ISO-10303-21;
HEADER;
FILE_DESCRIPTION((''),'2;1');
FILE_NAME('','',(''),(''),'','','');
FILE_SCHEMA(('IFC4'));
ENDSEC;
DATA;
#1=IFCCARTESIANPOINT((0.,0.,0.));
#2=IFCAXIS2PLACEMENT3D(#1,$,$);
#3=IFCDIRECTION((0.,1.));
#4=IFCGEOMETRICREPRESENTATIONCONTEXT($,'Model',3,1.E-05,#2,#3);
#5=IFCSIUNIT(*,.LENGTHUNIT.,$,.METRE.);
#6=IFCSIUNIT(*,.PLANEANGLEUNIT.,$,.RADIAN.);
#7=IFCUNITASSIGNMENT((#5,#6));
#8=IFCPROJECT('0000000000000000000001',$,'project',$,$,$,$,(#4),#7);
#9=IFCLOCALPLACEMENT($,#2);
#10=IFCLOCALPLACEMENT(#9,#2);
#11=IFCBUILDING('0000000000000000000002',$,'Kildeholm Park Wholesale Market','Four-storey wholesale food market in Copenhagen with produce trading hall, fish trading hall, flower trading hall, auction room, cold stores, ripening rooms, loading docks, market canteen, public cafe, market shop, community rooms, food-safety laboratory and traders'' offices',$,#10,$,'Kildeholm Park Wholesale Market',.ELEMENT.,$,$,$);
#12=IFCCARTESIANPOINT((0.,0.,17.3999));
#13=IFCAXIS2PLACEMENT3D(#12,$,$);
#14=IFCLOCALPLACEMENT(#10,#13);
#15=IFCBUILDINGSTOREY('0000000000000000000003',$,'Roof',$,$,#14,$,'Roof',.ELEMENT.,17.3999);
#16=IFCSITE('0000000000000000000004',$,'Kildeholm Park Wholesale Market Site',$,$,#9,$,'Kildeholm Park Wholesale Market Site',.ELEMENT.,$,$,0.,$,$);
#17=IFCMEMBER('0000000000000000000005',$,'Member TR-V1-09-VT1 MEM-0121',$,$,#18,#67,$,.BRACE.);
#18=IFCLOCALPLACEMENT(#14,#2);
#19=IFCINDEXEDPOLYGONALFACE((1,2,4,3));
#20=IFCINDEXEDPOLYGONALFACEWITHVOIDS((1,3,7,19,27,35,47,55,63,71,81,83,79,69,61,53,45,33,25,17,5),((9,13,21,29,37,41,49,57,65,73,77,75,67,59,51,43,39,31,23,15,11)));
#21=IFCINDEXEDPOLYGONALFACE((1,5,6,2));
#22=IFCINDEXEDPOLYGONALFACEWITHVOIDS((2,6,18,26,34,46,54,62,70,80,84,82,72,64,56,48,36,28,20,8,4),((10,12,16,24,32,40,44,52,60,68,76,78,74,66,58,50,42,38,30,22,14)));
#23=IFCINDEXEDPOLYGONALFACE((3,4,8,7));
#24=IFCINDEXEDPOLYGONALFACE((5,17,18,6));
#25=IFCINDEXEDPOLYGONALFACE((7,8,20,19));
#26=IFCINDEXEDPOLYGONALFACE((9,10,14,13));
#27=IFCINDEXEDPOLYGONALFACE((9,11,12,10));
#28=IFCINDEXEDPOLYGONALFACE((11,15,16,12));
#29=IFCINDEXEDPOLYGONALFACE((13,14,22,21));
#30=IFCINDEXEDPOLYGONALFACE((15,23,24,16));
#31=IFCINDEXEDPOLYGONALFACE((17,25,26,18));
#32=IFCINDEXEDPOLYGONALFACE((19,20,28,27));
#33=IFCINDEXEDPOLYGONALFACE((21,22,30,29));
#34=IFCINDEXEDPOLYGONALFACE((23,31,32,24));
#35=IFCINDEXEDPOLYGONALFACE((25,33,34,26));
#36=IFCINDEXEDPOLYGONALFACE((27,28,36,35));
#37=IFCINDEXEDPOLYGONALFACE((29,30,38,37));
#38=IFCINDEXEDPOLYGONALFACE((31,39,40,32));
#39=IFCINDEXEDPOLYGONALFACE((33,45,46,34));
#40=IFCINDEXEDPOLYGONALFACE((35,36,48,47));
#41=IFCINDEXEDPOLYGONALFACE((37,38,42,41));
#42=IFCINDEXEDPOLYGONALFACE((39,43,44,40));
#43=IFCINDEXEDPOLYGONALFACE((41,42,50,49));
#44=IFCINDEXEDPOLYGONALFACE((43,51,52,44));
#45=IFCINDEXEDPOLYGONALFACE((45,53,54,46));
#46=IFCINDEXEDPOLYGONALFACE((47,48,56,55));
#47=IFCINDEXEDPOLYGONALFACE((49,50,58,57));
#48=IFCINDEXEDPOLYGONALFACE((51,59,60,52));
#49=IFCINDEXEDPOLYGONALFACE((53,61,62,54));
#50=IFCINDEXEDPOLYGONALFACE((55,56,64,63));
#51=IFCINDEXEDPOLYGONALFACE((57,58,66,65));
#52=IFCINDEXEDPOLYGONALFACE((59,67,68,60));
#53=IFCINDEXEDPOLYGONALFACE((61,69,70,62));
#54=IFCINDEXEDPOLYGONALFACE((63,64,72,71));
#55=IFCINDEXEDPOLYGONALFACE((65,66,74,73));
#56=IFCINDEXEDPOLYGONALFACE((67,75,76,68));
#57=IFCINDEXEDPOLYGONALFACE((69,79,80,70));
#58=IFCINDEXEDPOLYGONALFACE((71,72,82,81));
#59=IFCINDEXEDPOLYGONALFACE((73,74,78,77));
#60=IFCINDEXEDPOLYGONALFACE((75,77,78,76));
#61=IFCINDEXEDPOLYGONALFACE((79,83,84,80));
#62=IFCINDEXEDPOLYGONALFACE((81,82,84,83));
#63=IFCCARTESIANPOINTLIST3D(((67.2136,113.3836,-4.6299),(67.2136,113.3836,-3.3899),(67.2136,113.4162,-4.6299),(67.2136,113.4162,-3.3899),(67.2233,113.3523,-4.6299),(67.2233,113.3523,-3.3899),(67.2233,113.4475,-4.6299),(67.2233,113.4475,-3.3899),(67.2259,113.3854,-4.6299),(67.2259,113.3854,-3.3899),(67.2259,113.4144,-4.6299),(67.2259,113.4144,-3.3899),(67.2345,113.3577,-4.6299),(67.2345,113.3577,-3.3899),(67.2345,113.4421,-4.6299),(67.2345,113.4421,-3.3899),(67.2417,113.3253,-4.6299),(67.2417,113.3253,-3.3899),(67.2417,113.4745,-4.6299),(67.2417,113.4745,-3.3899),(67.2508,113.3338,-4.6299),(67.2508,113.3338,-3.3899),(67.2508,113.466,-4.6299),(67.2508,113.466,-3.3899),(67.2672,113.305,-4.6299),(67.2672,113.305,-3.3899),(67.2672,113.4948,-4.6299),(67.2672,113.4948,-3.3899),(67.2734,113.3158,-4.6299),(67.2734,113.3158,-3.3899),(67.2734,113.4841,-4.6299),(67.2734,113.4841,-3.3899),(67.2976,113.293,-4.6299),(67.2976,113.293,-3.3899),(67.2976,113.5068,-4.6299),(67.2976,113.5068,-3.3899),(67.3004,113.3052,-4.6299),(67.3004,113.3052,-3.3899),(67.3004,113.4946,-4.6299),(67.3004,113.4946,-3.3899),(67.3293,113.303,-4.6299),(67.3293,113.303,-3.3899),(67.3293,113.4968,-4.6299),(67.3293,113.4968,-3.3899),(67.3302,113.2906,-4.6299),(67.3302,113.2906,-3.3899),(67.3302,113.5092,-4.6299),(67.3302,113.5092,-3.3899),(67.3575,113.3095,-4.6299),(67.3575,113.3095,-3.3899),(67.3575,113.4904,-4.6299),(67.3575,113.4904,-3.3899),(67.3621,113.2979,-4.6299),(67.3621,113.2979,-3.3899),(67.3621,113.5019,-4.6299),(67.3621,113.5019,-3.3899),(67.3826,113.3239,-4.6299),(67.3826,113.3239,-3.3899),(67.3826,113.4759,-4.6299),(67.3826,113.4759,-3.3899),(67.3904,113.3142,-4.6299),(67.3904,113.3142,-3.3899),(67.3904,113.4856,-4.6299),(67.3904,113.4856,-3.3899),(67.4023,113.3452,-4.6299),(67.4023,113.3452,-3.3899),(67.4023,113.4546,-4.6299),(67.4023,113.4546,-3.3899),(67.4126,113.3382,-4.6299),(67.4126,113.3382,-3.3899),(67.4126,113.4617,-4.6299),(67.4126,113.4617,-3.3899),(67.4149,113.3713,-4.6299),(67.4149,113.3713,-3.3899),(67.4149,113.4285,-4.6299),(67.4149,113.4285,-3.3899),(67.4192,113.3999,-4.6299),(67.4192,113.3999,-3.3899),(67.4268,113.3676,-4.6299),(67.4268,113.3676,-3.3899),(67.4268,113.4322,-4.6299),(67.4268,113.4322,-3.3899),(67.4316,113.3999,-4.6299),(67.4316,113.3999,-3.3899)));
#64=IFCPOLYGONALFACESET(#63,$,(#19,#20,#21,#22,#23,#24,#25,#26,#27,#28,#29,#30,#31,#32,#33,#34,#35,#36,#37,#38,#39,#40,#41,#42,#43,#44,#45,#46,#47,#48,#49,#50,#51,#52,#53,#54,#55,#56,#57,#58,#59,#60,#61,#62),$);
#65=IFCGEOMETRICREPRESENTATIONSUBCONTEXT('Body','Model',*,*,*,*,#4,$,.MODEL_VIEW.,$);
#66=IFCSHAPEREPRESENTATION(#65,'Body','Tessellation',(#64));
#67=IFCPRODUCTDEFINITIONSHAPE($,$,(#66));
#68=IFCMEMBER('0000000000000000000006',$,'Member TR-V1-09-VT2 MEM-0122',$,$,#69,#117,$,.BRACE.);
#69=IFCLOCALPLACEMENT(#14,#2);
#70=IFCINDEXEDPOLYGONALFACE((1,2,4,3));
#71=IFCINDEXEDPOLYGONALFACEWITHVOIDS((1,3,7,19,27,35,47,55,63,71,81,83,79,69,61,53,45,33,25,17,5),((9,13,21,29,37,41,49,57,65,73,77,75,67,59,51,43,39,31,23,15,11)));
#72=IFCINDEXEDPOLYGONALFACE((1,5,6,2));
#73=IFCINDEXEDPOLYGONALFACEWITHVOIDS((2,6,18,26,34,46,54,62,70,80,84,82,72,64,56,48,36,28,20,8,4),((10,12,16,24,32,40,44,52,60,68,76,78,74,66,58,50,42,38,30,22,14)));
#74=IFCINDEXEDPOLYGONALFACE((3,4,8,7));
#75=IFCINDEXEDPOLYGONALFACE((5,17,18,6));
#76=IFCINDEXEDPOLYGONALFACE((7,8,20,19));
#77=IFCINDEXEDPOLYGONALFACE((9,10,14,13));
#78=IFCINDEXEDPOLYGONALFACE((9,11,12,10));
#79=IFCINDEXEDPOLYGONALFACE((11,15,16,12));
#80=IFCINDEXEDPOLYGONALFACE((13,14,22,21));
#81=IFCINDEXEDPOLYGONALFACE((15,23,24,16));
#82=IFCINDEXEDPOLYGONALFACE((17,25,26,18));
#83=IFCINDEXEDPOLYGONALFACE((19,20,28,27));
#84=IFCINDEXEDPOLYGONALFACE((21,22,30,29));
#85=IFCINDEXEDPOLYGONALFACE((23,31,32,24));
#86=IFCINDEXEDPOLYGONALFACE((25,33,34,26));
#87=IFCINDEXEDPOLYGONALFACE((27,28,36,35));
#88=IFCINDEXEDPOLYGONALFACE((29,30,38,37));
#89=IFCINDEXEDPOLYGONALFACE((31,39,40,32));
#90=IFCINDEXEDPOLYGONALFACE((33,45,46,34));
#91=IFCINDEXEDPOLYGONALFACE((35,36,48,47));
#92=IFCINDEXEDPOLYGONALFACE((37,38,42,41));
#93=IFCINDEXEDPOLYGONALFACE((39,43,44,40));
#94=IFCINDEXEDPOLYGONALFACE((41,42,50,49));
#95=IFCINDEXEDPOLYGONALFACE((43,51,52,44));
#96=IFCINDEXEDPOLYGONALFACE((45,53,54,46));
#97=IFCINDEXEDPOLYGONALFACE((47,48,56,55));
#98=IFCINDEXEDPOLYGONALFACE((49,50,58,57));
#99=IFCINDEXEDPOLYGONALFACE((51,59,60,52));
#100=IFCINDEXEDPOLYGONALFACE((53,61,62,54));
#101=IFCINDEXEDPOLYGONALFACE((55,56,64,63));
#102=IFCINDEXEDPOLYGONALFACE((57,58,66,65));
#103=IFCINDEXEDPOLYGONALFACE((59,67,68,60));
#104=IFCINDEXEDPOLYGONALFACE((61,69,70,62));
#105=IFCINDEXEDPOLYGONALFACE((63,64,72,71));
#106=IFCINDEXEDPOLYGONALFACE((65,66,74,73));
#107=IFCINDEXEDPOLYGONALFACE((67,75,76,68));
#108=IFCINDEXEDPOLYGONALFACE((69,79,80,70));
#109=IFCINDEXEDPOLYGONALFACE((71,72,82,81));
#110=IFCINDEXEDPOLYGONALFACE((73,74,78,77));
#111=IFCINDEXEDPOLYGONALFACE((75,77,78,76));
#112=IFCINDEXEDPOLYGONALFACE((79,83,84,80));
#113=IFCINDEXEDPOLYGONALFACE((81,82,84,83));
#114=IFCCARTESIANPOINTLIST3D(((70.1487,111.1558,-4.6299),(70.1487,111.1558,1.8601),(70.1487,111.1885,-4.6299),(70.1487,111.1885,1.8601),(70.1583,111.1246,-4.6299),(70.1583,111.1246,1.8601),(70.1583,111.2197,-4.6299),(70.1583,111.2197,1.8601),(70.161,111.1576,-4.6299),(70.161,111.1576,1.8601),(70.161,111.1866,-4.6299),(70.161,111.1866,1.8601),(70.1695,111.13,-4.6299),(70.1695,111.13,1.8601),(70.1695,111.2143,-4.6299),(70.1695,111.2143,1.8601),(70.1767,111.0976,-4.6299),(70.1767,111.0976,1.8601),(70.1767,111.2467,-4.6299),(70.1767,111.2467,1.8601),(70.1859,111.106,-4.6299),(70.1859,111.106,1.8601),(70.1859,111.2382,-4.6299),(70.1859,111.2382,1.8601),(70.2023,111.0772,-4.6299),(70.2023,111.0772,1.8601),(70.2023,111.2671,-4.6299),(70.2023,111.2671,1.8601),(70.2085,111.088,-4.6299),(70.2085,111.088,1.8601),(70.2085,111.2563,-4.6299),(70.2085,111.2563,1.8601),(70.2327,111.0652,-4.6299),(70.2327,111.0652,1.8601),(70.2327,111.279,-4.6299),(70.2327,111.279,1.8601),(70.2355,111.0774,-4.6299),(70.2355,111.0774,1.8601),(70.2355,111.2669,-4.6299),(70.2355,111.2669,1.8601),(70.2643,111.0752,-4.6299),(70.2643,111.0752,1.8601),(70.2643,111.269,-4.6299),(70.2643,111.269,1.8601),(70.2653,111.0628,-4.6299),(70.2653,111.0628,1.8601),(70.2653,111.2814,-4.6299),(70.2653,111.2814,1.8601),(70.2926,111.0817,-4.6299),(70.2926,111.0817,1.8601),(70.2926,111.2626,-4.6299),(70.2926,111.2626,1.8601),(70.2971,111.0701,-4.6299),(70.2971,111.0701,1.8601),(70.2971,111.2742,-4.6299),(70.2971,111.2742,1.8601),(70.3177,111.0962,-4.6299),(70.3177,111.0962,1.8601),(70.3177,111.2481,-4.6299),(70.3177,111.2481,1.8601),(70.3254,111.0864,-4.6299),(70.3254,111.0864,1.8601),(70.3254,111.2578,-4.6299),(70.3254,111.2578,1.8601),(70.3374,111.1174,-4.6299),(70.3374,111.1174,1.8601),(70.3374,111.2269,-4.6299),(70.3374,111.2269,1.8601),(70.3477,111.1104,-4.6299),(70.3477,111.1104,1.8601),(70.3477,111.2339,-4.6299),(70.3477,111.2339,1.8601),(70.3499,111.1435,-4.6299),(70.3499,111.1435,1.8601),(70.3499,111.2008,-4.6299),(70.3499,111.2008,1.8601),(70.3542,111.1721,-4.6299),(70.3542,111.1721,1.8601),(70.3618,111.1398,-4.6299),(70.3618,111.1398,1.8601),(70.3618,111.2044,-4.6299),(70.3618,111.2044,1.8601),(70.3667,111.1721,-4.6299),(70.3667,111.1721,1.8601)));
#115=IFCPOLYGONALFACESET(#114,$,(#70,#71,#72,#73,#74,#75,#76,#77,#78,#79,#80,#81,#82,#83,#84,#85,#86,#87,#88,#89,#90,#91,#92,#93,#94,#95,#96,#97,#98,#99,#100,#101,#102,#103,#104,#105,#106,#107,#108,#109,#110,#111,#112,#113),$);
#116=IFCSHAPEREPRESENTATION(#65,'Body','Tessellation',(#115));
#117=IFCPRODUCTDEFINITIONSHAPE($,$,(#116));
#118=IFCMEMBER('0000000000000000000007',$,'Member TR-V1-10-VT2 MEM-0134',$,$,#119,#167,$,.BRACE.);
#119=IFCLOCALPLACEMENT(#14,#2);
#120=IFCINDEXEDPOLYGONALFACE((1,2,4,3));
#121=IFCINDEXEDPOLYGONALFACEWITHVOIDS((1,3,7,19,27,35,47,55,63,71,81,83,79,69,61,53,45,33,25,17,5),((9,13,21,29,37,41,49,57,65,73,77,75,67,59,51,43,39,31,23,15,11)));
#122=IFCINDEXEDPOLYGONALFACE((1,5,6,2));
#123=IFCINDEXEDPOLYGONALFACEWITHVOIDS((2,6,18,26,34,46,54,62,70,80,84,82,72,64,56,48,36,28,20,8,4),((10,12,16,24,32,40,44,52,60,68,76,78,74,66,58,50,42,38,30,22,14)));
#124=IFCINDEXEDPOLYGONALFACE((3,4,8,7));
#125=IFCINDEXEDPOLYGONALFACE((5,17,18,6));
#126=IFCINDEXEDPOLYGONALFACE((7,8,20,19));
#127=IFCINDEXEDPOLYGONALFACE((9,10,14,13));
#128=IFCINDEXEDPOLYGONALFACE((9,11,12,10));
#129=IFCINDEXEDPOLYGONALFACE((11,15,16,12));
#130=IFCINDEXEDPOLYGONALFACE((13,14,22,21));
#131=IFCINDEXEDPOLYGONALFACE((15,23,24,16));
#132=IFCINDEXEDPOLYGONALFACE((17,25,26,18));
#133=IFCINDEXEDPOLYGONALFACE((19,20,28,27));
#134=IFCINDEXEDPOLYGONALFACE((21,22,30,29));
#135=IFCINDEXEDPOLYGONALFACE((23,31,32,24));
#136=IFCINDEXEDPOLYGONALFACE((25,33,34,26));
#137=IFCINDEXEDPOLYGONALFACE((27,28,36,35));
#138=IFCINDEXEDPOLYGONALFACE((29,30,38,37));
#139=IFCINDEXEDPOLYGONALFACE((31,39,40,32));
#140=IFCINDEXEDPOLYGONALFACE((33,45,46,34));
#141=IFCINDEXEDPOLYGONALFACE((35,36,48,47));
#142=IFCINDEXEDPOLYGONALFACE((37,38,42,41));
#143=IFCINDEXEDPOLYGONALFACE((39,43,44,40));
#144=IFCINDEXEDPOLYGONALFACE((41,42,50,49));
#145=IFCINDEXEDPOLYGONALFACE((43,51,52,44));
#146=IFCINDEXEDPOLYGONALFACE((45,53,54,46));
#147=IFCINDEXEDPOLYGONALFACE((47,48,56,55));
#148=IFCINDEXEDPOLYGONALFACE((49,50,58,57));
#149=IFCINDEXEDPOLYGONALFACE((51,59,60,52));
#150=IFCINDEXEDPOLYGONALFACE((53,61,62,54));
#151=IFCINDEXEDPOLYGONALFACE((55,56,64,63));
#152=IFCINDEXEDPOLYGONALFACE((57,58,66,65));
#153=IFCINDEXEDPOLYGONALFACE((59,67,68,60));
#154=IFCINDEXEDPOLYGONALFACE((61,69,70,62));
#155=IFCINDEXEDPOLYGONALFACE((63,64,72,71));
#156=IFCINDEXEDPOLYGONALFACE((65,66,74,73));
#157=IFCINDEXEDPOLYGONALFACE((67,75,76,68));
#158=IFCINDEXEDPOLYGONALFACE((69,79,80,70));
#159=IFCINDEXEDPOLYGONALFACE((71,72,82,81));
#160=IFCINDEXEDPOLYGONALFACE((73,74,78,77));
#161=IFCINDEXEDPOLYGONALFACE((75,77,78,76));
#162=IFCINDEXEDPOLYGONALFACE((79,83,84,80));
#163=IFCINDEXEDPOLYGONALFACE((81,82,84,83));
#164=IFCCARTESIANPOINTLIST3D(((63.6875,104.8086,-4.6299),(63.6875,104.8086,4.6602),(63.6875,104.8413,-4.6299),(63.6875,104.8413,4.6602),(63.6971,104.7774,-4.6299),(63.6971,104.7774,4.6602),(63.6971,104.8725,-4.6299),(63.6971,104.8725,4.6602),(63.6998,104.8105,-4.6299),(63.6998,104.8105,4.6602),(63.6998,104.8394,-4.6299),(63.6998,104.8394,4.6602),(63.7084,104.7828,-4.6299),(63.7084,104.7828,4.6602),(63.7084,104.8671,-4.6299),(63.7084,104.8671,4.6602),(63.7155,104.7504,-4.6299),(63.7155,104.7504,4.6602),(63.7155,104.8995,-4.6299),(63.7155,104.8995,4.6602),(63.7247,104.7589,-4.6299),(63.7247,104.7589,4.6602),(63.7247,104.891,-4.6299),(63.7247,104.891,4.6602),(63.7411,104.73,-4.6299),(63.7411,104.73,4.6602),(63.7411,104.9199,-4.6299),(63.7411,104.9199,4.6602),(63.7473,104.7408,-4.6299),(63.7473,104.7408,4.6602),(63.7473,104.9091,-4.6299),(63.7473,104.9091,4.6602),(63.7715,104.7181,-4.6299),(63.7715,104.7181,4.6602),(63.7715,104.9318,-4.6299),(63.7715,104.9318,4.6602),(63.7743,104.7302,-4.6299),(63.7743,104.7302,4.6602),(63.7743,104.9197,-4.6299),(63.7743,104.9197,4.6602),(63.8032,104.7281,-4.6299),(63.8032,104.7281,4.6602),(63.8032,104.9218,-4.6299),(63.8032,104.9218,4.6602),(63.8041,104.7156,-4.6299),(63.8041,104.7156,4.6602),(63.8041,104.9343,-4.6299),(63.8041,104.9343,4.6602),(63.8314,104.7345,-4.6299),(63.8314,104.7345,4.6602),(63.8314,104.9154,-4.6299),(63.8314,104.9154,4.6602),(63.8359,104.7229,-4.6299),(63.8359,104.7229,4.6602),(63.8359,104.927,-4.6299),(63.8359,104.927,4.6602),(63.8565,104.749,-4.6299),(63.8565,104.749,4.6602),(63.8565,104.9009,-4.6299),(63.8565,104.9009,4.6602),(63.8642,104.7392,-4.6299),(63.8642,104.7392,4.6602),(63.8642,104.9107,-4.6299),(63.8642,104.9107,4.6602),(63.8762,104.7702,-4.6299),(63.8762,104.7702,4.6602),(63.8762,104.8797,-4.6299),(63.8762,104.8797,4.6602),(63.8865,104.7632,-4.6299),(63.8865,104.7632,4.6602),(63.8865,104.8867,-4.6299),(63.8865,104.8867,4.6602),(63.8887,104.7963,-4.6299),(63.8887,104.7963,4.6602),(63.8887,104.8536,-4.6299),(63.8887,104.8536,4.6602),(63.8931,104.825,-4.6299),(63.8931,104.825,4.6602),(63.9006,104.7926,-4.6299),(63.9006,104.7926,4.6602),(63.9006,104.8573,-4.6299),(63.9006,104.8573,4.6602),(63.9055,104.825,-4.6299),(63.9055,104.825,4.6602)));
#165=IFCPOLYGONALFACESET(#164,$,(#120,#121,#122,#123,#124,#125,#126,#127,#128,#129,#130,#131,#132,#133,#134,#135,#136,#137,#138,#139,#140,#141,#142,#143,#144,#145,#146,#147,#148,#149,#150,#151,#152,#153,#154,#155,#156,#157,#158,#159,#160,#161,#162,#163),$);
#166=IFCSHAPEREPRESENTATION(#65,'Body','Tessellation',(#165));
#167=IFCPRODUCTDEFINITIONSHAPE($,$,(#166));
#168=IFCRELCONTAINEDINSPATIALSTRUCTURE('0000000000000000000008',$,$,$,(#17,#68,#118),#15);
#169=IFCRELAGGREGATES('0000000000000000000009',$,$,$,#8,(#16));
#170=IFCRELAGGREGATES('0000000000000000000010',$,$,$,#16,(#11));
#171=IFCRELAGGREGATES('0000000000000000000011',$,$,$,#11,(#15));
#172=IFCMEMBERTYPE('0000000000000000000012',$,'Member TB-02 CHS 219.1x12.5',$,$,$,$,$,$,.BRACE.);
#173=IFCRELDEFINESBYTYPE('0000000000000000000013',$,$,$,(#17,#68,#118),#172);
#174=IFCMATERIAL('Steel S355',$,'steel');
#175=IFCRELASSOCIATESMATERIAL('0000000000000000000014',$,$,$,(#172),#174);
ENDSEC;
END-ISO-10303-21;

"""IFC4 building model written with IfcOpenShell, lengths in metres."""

from ifc_helpers import new_model, si_unit, direction, frame, origin, origin_2d, place, context, subcontext, project, spatial, hollow_circle, extrude, material, material_profile, profile_set, type_object, element, save


model = new_model("IFC4")

# Units and contexts
model_context = context("Model", 3, precision=1e-05, world=origin(), true_north=direction((0.0, 1.0)))
body_context = subcontext(model_context, "Body", "Model", "MODEL_VIEW")
ifc_project = project(units=[si_unit("LENGTHUNIT", "METRE"), si_unit("PLANEANGLEUNIT", "RADIAN")], contexts=[model_context])

# Site, building, storey
site_placement = place(None, origin())
site = spatial("IfcSite", under=ifc_project, at=site_placement, Name="Kildeholm Park Wholesale Market Site", LongName="Kildeholm Park Wholesale Market Site", CompositionType="ELEMENT", RefElevation=0.0)
building_placement = place(site_placement, origin())
building = spatial("IfcBuilding", under=site, at=building_placement, Name="Kildeholm Park Wholesale Market", Description="Four-storey wholesale food market in Copenhagen with produce trading hall, fish trading hall, flower trading hall, auction room, cold stores, ripening rooms, loading docks, market canteen, public cafe, market shop, community rooms, food-safety laboratory and traders' offices", LongName="Kildeholm Park Wholesale Market", CompositionType="ELEMENT")
storey_placement = place(building_placement, frame((0.0, 0.0, 17.3999)))
storey = spatial("IfcBuildingStorey", under=building, at=storey_placement, Name="Roof", LongName="Roof", CompositionType="ELEMENT", Elevation=17.3999)

# Members
ifc_material_1 = material(Name="Steel S355", Category="steel")
ifc_material_profile_1 = material_profile(ifc_material_1, hollow_circle(Radius=0.1096, WallThickness=0.0125, at=origin_2d()), Name="CHS 219.1x12.5")
ifc_profile_set_1 = profile_set([ifc_material_profile_1], Name="Steel S355")
member_type_1 = type_object("IfcMemberType", Name="Member TB-02 CHS 219.1x12.5", PredefinedType="BRACE", material=ifc_profile_set_1)
member_1_placement = place(storey_placement, frame((67.322, 113.3999, -4.6299), z_axis=(0.0, 0.0, 1.0), x_axis=(1.0, 0.0, 0.0)))
element("IfcMember", 1, at=member_1_placement, inside=storey, type_object=member_type_1, Name="Member TR-V1-09-VT1 MEM-0121", PredefinedType="BRACE", context=body_context, shape_type="SweptSolid", body=[
    extrude(hollow_circle(Radius=0.1096, WallThickness=0.0125, at=origin_2d()), origin(), (0.0, 0.0, 1.0), 1.24),
])
member_2_placement = place(storey_placement, frame((70.2571, 111.1721, -4.6299), z_axis=(0.0, 0.0, 1.0), x_axis=(1.0, 0.0, 0.0)))
element("IfcMember", 2, at=member_2_placement, inside=storey, type_object=member_type_1, Name="Member TR-V1-09-VT2 MEM-0122", PredefinedType="BRACE", context=body_context, shape_type="SweptSolid", body=[
    extrude(hollow_circle(Radius=0.1096, WallThickness=0.0125, at=origin_2d()), origin(), (0.0, 0.0, 1.0), 6.49),
])
member_3_placement = place(storey_placement, frame((63.7959, 104.825, -4.6299), z_axis=(0.0, 0.0, 1.0), x_axis=(1.0, 0.0, 0.0)))
element("IfcMember", 3, at=member_3_placement, inside=storey, type_object=member_type_1, Name="Member TR-V1-10-VT2 MEM-0134", PredefinedType="BRACE", context=body_context, shape_type="SweptSolid", body=[
    extrude(hollow_circle(Radius=0.1096, WallThickness=0.0125, at=origin_2d()), origin(), (0.0, 0.0, 1.0), 9.29),
])

save(model, "model.ifc")
